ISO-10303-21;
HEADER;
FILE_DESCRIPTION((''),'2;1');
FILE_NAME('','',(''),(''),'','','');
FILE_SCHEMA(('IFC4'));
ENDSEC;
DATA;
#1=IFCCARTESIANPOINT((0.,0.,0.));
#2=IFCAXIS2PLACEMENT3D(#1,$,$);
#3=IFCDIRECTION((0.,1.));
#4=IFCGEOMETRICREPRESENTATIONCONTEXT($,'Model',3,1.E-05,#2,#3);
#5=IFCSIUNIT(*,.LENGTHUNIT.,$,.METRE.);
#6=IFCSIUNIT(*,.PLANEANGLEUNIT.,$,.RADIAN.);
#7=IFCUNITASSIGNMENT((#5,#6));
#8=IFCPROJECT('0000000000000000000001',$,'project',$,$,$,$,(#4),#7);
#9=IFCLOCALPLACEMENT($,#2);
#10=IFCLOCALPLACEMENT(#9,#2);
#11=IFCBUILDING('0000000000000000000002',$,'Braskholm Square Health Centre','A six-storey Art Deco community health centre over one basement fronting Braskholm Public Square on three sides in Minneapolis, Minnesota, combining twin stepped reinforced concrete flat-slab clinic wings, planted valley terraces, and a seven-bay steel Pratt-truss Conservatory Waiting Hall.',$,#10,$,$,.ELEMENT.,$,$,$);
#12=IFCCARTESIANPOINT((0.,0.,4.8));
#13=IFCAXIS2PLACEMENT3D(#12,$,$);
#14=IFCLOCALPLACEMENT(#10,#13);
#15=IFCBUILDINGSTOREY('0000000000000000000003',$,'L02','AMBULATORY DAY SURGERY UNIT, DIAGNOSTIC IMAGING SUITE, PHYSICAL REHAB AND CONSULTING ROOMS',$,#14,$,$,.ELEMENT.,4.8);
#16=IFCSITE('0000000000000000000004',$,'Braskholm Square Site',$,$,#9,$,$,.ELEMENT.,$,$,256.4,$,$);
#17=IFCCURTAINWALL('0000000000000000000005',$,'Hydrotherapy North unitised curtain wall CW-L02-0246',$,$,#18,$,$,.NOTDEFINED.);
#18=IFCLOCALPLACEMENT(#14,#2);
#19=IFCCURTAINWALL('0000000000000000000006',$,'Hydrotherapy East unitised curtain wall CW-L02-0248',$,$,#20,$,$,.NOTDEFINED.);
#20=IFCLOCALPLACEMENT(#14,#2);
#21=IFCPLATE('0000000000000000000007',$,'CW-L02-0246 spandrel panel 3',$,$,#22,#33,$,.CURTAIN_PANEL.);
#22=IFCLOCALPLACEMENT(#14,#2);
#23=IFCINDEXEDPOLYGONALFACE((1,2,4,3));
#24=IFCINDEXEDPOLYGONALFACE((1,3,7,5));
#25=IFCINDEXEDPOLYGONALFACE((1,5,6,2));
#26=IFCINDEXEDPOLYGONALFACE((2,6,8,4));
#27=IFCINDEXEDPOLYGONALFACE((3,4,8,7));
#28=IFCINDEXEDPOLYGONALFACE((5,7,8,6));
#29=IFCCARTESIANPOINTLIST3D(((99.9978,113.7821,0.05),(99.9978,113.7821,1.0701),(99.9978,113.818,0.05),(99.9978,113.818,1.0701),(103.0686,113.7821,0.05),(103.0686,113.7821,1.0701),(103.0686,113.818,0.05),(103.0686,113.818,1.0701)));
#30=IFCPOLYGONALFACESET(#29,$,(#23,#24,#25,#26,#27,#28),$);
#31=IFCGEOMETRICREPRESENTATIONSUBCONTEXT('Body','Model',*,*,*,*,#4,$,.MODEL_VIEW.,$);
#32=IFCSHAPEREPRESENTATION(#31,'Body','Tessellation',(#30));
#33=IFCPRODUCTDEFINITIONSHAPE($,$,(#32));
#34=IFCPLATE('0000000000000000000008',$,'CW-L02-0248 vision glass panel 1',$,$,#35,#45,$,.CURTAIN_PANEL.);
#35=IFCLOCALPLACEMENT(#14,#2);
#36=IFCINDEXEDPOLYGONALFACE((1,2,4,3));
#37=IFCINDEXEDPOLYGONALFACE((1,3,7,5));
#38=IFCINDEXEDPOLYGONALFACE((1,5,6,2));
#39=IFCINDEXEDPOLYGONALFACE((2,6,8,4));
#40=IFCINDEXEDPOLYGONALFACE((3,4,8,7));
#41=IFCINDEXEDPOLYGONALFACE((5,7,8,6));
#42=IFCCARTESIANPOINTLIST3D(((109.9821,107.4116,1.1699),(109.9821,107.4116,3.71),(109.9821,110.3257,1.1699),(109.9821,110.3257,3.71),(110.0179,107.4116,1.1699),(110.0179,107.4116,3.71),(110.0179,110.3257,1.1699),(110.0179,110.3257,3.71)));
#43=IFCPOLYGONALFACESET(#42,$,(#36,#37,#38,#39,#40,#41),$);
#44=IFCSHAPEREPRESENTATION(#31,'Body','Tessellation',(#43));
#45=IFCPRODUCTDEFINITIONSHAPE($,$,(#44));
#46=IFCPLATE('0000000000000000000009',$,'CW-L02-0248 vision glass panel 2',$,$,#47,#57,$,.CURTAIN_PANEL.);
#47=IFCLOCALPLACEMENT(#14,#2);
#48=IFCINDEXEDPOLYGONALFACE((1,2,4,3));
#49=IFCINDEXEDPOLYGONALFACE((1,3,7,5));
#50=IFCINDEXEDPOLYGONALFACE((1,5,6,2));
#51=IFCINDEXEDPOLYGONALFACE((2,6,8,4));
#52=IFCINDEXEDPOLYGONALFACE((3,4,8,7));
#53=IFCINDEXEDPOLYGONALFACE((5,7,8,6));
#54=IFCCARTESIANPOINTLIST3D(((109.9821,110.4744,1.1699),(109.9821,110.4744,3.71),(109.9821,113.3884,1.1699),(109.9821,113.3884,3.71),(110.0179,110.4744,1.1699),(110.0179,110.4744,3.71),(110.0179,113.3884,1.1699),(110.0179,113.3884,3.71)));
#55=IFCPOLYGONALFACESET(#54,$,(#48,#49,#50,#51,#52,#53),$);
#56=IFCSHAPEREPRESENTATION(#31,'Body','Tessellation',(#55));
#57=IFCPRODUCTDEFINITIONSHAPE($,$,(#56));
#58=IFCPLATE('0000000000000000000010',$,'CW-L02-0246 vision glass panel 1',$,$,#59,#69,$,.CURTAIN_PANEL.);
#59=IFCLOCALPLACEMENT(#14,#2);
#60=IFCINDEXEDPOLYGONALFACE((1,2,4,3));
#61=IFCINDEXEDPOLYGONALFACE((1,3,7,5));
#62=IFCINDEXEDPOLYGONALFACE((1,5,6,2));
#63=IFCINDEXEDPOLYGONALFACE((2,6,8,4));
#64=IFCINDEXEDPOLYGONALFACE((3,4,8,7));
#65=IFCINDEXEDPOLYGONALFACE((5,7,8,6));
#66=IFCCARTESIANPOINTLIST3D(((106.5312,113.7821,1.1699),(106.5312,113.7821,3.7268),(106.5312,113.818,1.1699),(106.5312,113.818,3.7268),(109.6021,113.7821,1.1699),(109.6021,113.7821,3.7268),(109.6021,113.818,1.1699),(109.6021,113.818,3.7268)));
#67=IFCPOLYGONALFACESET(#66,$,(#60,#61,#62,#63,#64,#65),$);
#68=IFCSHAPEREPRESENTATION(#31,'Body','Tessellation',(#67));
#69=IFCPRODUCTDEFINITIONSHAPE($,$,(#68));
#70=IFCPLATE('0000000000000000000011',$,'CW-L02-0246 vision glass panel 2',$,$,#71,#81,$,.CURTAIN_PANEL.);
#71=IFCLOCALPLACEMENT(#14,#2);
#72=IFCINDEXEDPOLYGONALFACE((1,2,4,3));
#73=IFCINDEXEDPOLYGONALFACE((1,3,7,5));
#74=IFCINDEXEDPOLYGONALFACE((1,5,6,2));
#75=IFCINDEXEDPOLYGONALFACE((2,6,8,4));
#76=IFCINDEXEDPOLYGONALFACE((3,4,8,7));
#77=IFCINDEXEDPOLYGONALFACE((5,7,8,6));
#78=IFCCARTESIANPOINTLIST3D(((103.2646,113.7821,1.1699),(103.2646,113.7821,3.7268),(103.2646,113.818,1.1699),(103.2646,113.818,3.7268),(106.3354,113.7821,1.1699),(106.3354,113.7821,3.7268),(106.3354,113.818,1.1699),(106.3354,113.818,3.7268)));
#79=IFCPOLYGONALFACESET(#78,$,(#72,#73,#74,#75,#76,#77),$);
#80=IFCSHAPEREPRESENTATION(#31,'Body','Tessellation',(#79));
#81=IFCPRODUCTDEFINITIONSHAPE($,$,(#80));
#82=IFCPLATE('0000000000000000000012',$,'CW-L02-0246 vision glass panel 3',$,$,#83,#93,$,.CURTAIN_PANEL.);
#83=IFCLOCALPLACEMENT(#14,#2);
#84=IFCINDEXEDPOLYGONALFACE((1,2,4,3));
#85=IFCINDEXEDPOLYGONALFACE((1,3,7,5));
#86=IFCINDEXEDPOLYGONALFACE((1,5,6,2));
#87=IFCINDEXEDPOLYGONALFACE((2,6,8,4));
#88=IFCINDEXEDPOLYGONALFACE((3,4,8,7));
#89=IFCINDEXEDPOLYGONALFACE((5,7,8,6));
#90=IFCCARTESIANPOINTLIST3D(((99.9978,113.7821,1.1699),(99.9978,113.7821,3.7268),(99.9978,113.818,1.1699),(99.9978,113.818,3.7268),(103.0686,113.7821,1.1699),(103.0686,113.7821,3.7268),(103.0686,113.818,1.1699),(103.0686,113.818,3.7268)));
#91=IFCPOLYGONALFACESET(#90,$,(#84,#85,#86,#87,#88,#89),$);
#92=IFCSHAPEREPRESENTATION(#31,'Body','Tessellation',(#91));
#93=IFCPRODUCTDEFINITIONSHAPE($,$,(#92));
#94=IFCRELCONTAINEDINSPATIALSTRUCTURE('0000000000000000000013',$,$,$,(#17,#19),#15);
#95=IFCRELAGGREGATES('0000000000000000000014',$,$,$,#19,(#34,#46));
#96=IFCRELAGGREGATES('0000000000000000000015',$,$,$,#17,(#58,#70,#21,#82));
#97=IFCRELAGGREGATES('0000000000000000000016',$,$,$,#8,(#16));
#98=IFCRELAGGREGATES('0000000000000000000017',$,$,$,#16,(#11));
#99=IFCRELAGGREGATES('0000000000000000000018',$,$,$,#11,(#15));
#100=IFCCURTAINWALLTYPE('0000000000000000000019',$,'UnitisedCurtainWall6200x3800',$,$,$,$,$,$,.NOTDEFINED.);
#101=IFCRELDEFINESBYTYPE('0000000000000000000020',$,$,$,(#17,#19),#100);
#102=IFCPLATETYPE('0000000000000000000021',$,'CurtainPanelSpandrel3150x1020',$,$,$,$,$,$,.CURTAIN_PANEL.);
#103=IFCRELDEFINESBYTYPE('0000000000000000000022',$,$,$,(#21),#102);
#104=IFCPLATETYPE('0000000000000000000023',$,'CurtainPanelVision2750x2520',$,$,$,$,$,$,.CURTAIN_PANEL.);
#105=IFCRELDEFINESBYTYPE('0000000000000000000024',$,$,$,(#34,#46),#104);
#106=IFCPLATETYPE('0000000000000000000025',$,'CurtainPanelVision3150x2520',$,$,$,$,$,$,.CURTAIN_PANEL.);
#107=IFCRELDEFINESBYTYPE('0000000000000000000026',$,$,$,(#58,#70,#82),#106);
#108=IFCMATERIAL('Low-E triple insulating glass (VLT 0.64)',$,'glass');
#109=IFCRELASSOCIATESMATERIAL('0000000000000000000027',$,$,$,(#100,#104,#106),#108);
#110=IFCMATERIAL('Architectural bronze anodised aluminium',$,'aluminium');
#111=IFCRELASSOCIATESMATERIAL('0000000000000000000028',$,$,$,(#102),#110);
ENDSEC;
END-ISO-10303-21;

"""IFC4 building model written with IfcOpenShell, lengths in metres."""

from ifc_helpers import new_model, si_unit, direction, frame, origin, origin_2d, place, context, subcontext, project, spatial, rectangle, extrude, material, type_object, element, aggregate, save


model = new_model("IFC4")

# Units and contexts
model_context = context("Model", 3, precision=1e-05, world=origin(), true_north=direction((0.0, 1.0)))
body_context = subcontext(model_context, "Body", "Model", "MODEL_VIEW")
ifc_project = project(units=[si_unit("LENGTHUNIT", "METRE"), si_unit("PLANEANGLEUNIT", "RADIAN")], contexts=[model_context])

# Site, building, storey
site_placement = place(None, origin())
site = spatial("IfcSite", under=ifc_project, at=site_placement, Name="Braskholm Square Site", CompositionType="ELEMENT", RefElevation=256.4)
building_placement = place(site_placement, origin())
building = spatial("IfcBuilding", under=site, at=building_placement, Name="Braskholm Square Health Centre", Description="A six-storey Art Deco community health centre over one basement fronting Braskholm Public Square on three sides in Minneapolis, Minnesota, combining twin stepped reinforced concrete flat-slab clinic wings, planted valley terraces, and a seven-bay steel Pratt-truss Conservatory Waiting Hall.", CompositionType="ELEMENT")
storey_placement = place(building_placement, frame((0.0, 0.0, 4.8)))
storey = spatial("IfcBuildingStorey", under=building, at=storey_placement, Name="L02", Description="AMBULATORY DAY SURGERY UNIT, DIAGNOSTIC IMAGING SUITE, PHYSICAL REHAB AND CONSULTING ROOMS", CompositionType="ELEMENT", Elevation=4.8)

# Shared definitions
ifc_material_1 = material(Name="Low-E triple insulating glass (VLT 0.64)", Category="glass")
curtain_wall_type = type_object("IfcCurtainWallType", Name="UnitisedCurtainWall6200x3800", PredefinedType="NOTDEFINED", material=ifc_material_1)
ifc_material_2 = material(Name="Architectural bronze anodised aluminium", Category="aluminium")

# Curtain walls
curtain_wall_1_placement = place(storey_placement, origin())
curtain_wall_1 = element("IfcCurtainWall", 1, at=curtain_wall_1_placement, inside=storey, type_object=curtain_wall_type, Name="Hydrotherapy North unitised curtain wall CW-L02-0246", PredefinedType="NOTDEFINED")
curtain_wall_2_placement = place(storey_placement, origin())
curtain_wall_2 = element("IfcCurtainWall", 2, at=curtain_wall_2_placement, inside=storey, type_object=curtain_wall_type, Name="Hydrotherapy East unitised curtain wall CW-L02-0248", PredefinedType="NOTDEFINED")

# Plates
plate_type_1 = type_object("IfcPlateType", Name="CurtainPanelSpandrel3150x1020", PredefinedType="CURTAIN_PANEL", material=ifc_material_2)
plate_1_placement = place(storey_placement, frame((101.5332, 113.8, 0.05), z_axis=(0.0, 0.0, 1.0), x_axis=(-1.0, 0.0, 0.0)))
plate_1 = element("IfcPlate", 3, at=plate_1_placement, type_object=plate_type_1, Name="CW-L02-0246 spandrel panel 3", PredefinedType="CURTAIN_PANEL", context=body_context, shape_type="SweptSolid", body=[
    extrude(rectangle(XDim=3.0708, YDim=0.0359, at=origin_2d()), origin(), (0.0, 0.0, 1.0), 1.02),
])
plate_type_2 = type_object("IfcPlateType", Name="CurtainPanelVision2750x2520", PredefinedType="CURTAIN_PANEL", material=ifc_material_1)
plate_2_placement = place(storey_placement, frame((110.0, 108.8687, 1.1699), z_axis=(0.0, 0.0, 1.0), x_axis=(0.0, 1.0, 0.0)))
plate_2 = element("IfcPlate", 4, at=plate_2_placement, type_object=plate_type_2, Name="CW-L02-0248 vision glass panel 1", PredefinedType="CURTAIN_PANEL", context=body_context, shape_type="SweptSolid", body=[
    extrude(rectangle(XDim=2.9141, YDim=0.0359, at=origin_2d()), origin(), (0.0, 0.0, 1.0), 2.54),
])
plate_3_placement = place(storey_placement, frame((110.0, 111.9314, 1.1699), z_axis=(0.0, 0.0, 1.0), x_axis=(0.0, 1.0, 0.0)))
plate_3 = element("IfcPlate", 5, at=plate_3_placement, type_object=plate_type_2, Name="CW-L02-0248 vision glass panel 2", PredefinedType="CURTAIN_PANEL", context=body_context, shape_type="SweptSolid", body=[
    extrude(rectangle(XDim=2.9141, YDim=0.0359, at=origin_2d()), origin(), (0.0, 0.0, 1.0), 2.54),
])
aggregate(curtain_wall_2, [plate_2, plate_3])
plate_type_3 = type_object("IfcPlateType", Name="CurtainPanelVision3150x2520", PredefinedType="CURTAIN_PANEL", material=ifc_material_1)
plate_4_placement = place(storey_placement, frame((108.0667, 113.8, 1.1699), z_axis=(0.0, 0.0, 1.0), x_axis=(-1.0, 0.0, 0.0)))
plate_4 = element("IfcPlate", 6, at=plate_4_placement, type_object=plate_type_3, Name="CW-L02-0246 vision glass panel 1", PredefinedType="CURTAIN_PANEL", context=body_context, shape_type="SweptSolid", body=[
    extrude(rectangle(XDim=3.0708, YDim=0.0359, at=origin_2d()), origin(), (0.0, 0.0, 1.0), 2.5569),
])
plate_5_placement = place(storey_placement, frame((104.8, 113.8, 1.1699), z_axis=(0.0, 0.0, 1.0), x_axis=(-1.0, 0.0, 0.0)))
plate_5 = element("IfcPlate", 7, at=plate_5_placement, type_object=plate_type_3, Name="CW-L02-0246 vision glass panel 2", PredefinedType="CURTAIN_PANEL", context=body_context, shape_type="SweptSolid", body=[
    extrude(rectangle(XDim=3.0708, YDim=0.0359, at=origin_2d()), origin(), (0.0, 0.0, 1.0), 2.5569),
])
plate_6_placement = place(storey_placement, frame((101.5332, 113.8, 1.1699), z_axis=(0.0, 0.0, 1.0), x_axis=(-1.0, 0.0, 0.0)))
plate_6 = element("IfcPlate", 8, at=plate_6_placement, type_object=plate_type_3, Name="CW-L02-0246 vision glass panel 3", PredefinedType="CURTAIN_PANEL", context=body_context, shape_type="SweptSolid", body=[
    extrude(rectangle(XDim=3.0708, YDim=0.0359, at=origin_2d()), origin(), (0.0, 0.0, 1.0), 2.5569),
])
aggregate(curtain_wall_1, [plate_4, plate_5, plate_1, plate_6])

save(model, "model.ifc")
